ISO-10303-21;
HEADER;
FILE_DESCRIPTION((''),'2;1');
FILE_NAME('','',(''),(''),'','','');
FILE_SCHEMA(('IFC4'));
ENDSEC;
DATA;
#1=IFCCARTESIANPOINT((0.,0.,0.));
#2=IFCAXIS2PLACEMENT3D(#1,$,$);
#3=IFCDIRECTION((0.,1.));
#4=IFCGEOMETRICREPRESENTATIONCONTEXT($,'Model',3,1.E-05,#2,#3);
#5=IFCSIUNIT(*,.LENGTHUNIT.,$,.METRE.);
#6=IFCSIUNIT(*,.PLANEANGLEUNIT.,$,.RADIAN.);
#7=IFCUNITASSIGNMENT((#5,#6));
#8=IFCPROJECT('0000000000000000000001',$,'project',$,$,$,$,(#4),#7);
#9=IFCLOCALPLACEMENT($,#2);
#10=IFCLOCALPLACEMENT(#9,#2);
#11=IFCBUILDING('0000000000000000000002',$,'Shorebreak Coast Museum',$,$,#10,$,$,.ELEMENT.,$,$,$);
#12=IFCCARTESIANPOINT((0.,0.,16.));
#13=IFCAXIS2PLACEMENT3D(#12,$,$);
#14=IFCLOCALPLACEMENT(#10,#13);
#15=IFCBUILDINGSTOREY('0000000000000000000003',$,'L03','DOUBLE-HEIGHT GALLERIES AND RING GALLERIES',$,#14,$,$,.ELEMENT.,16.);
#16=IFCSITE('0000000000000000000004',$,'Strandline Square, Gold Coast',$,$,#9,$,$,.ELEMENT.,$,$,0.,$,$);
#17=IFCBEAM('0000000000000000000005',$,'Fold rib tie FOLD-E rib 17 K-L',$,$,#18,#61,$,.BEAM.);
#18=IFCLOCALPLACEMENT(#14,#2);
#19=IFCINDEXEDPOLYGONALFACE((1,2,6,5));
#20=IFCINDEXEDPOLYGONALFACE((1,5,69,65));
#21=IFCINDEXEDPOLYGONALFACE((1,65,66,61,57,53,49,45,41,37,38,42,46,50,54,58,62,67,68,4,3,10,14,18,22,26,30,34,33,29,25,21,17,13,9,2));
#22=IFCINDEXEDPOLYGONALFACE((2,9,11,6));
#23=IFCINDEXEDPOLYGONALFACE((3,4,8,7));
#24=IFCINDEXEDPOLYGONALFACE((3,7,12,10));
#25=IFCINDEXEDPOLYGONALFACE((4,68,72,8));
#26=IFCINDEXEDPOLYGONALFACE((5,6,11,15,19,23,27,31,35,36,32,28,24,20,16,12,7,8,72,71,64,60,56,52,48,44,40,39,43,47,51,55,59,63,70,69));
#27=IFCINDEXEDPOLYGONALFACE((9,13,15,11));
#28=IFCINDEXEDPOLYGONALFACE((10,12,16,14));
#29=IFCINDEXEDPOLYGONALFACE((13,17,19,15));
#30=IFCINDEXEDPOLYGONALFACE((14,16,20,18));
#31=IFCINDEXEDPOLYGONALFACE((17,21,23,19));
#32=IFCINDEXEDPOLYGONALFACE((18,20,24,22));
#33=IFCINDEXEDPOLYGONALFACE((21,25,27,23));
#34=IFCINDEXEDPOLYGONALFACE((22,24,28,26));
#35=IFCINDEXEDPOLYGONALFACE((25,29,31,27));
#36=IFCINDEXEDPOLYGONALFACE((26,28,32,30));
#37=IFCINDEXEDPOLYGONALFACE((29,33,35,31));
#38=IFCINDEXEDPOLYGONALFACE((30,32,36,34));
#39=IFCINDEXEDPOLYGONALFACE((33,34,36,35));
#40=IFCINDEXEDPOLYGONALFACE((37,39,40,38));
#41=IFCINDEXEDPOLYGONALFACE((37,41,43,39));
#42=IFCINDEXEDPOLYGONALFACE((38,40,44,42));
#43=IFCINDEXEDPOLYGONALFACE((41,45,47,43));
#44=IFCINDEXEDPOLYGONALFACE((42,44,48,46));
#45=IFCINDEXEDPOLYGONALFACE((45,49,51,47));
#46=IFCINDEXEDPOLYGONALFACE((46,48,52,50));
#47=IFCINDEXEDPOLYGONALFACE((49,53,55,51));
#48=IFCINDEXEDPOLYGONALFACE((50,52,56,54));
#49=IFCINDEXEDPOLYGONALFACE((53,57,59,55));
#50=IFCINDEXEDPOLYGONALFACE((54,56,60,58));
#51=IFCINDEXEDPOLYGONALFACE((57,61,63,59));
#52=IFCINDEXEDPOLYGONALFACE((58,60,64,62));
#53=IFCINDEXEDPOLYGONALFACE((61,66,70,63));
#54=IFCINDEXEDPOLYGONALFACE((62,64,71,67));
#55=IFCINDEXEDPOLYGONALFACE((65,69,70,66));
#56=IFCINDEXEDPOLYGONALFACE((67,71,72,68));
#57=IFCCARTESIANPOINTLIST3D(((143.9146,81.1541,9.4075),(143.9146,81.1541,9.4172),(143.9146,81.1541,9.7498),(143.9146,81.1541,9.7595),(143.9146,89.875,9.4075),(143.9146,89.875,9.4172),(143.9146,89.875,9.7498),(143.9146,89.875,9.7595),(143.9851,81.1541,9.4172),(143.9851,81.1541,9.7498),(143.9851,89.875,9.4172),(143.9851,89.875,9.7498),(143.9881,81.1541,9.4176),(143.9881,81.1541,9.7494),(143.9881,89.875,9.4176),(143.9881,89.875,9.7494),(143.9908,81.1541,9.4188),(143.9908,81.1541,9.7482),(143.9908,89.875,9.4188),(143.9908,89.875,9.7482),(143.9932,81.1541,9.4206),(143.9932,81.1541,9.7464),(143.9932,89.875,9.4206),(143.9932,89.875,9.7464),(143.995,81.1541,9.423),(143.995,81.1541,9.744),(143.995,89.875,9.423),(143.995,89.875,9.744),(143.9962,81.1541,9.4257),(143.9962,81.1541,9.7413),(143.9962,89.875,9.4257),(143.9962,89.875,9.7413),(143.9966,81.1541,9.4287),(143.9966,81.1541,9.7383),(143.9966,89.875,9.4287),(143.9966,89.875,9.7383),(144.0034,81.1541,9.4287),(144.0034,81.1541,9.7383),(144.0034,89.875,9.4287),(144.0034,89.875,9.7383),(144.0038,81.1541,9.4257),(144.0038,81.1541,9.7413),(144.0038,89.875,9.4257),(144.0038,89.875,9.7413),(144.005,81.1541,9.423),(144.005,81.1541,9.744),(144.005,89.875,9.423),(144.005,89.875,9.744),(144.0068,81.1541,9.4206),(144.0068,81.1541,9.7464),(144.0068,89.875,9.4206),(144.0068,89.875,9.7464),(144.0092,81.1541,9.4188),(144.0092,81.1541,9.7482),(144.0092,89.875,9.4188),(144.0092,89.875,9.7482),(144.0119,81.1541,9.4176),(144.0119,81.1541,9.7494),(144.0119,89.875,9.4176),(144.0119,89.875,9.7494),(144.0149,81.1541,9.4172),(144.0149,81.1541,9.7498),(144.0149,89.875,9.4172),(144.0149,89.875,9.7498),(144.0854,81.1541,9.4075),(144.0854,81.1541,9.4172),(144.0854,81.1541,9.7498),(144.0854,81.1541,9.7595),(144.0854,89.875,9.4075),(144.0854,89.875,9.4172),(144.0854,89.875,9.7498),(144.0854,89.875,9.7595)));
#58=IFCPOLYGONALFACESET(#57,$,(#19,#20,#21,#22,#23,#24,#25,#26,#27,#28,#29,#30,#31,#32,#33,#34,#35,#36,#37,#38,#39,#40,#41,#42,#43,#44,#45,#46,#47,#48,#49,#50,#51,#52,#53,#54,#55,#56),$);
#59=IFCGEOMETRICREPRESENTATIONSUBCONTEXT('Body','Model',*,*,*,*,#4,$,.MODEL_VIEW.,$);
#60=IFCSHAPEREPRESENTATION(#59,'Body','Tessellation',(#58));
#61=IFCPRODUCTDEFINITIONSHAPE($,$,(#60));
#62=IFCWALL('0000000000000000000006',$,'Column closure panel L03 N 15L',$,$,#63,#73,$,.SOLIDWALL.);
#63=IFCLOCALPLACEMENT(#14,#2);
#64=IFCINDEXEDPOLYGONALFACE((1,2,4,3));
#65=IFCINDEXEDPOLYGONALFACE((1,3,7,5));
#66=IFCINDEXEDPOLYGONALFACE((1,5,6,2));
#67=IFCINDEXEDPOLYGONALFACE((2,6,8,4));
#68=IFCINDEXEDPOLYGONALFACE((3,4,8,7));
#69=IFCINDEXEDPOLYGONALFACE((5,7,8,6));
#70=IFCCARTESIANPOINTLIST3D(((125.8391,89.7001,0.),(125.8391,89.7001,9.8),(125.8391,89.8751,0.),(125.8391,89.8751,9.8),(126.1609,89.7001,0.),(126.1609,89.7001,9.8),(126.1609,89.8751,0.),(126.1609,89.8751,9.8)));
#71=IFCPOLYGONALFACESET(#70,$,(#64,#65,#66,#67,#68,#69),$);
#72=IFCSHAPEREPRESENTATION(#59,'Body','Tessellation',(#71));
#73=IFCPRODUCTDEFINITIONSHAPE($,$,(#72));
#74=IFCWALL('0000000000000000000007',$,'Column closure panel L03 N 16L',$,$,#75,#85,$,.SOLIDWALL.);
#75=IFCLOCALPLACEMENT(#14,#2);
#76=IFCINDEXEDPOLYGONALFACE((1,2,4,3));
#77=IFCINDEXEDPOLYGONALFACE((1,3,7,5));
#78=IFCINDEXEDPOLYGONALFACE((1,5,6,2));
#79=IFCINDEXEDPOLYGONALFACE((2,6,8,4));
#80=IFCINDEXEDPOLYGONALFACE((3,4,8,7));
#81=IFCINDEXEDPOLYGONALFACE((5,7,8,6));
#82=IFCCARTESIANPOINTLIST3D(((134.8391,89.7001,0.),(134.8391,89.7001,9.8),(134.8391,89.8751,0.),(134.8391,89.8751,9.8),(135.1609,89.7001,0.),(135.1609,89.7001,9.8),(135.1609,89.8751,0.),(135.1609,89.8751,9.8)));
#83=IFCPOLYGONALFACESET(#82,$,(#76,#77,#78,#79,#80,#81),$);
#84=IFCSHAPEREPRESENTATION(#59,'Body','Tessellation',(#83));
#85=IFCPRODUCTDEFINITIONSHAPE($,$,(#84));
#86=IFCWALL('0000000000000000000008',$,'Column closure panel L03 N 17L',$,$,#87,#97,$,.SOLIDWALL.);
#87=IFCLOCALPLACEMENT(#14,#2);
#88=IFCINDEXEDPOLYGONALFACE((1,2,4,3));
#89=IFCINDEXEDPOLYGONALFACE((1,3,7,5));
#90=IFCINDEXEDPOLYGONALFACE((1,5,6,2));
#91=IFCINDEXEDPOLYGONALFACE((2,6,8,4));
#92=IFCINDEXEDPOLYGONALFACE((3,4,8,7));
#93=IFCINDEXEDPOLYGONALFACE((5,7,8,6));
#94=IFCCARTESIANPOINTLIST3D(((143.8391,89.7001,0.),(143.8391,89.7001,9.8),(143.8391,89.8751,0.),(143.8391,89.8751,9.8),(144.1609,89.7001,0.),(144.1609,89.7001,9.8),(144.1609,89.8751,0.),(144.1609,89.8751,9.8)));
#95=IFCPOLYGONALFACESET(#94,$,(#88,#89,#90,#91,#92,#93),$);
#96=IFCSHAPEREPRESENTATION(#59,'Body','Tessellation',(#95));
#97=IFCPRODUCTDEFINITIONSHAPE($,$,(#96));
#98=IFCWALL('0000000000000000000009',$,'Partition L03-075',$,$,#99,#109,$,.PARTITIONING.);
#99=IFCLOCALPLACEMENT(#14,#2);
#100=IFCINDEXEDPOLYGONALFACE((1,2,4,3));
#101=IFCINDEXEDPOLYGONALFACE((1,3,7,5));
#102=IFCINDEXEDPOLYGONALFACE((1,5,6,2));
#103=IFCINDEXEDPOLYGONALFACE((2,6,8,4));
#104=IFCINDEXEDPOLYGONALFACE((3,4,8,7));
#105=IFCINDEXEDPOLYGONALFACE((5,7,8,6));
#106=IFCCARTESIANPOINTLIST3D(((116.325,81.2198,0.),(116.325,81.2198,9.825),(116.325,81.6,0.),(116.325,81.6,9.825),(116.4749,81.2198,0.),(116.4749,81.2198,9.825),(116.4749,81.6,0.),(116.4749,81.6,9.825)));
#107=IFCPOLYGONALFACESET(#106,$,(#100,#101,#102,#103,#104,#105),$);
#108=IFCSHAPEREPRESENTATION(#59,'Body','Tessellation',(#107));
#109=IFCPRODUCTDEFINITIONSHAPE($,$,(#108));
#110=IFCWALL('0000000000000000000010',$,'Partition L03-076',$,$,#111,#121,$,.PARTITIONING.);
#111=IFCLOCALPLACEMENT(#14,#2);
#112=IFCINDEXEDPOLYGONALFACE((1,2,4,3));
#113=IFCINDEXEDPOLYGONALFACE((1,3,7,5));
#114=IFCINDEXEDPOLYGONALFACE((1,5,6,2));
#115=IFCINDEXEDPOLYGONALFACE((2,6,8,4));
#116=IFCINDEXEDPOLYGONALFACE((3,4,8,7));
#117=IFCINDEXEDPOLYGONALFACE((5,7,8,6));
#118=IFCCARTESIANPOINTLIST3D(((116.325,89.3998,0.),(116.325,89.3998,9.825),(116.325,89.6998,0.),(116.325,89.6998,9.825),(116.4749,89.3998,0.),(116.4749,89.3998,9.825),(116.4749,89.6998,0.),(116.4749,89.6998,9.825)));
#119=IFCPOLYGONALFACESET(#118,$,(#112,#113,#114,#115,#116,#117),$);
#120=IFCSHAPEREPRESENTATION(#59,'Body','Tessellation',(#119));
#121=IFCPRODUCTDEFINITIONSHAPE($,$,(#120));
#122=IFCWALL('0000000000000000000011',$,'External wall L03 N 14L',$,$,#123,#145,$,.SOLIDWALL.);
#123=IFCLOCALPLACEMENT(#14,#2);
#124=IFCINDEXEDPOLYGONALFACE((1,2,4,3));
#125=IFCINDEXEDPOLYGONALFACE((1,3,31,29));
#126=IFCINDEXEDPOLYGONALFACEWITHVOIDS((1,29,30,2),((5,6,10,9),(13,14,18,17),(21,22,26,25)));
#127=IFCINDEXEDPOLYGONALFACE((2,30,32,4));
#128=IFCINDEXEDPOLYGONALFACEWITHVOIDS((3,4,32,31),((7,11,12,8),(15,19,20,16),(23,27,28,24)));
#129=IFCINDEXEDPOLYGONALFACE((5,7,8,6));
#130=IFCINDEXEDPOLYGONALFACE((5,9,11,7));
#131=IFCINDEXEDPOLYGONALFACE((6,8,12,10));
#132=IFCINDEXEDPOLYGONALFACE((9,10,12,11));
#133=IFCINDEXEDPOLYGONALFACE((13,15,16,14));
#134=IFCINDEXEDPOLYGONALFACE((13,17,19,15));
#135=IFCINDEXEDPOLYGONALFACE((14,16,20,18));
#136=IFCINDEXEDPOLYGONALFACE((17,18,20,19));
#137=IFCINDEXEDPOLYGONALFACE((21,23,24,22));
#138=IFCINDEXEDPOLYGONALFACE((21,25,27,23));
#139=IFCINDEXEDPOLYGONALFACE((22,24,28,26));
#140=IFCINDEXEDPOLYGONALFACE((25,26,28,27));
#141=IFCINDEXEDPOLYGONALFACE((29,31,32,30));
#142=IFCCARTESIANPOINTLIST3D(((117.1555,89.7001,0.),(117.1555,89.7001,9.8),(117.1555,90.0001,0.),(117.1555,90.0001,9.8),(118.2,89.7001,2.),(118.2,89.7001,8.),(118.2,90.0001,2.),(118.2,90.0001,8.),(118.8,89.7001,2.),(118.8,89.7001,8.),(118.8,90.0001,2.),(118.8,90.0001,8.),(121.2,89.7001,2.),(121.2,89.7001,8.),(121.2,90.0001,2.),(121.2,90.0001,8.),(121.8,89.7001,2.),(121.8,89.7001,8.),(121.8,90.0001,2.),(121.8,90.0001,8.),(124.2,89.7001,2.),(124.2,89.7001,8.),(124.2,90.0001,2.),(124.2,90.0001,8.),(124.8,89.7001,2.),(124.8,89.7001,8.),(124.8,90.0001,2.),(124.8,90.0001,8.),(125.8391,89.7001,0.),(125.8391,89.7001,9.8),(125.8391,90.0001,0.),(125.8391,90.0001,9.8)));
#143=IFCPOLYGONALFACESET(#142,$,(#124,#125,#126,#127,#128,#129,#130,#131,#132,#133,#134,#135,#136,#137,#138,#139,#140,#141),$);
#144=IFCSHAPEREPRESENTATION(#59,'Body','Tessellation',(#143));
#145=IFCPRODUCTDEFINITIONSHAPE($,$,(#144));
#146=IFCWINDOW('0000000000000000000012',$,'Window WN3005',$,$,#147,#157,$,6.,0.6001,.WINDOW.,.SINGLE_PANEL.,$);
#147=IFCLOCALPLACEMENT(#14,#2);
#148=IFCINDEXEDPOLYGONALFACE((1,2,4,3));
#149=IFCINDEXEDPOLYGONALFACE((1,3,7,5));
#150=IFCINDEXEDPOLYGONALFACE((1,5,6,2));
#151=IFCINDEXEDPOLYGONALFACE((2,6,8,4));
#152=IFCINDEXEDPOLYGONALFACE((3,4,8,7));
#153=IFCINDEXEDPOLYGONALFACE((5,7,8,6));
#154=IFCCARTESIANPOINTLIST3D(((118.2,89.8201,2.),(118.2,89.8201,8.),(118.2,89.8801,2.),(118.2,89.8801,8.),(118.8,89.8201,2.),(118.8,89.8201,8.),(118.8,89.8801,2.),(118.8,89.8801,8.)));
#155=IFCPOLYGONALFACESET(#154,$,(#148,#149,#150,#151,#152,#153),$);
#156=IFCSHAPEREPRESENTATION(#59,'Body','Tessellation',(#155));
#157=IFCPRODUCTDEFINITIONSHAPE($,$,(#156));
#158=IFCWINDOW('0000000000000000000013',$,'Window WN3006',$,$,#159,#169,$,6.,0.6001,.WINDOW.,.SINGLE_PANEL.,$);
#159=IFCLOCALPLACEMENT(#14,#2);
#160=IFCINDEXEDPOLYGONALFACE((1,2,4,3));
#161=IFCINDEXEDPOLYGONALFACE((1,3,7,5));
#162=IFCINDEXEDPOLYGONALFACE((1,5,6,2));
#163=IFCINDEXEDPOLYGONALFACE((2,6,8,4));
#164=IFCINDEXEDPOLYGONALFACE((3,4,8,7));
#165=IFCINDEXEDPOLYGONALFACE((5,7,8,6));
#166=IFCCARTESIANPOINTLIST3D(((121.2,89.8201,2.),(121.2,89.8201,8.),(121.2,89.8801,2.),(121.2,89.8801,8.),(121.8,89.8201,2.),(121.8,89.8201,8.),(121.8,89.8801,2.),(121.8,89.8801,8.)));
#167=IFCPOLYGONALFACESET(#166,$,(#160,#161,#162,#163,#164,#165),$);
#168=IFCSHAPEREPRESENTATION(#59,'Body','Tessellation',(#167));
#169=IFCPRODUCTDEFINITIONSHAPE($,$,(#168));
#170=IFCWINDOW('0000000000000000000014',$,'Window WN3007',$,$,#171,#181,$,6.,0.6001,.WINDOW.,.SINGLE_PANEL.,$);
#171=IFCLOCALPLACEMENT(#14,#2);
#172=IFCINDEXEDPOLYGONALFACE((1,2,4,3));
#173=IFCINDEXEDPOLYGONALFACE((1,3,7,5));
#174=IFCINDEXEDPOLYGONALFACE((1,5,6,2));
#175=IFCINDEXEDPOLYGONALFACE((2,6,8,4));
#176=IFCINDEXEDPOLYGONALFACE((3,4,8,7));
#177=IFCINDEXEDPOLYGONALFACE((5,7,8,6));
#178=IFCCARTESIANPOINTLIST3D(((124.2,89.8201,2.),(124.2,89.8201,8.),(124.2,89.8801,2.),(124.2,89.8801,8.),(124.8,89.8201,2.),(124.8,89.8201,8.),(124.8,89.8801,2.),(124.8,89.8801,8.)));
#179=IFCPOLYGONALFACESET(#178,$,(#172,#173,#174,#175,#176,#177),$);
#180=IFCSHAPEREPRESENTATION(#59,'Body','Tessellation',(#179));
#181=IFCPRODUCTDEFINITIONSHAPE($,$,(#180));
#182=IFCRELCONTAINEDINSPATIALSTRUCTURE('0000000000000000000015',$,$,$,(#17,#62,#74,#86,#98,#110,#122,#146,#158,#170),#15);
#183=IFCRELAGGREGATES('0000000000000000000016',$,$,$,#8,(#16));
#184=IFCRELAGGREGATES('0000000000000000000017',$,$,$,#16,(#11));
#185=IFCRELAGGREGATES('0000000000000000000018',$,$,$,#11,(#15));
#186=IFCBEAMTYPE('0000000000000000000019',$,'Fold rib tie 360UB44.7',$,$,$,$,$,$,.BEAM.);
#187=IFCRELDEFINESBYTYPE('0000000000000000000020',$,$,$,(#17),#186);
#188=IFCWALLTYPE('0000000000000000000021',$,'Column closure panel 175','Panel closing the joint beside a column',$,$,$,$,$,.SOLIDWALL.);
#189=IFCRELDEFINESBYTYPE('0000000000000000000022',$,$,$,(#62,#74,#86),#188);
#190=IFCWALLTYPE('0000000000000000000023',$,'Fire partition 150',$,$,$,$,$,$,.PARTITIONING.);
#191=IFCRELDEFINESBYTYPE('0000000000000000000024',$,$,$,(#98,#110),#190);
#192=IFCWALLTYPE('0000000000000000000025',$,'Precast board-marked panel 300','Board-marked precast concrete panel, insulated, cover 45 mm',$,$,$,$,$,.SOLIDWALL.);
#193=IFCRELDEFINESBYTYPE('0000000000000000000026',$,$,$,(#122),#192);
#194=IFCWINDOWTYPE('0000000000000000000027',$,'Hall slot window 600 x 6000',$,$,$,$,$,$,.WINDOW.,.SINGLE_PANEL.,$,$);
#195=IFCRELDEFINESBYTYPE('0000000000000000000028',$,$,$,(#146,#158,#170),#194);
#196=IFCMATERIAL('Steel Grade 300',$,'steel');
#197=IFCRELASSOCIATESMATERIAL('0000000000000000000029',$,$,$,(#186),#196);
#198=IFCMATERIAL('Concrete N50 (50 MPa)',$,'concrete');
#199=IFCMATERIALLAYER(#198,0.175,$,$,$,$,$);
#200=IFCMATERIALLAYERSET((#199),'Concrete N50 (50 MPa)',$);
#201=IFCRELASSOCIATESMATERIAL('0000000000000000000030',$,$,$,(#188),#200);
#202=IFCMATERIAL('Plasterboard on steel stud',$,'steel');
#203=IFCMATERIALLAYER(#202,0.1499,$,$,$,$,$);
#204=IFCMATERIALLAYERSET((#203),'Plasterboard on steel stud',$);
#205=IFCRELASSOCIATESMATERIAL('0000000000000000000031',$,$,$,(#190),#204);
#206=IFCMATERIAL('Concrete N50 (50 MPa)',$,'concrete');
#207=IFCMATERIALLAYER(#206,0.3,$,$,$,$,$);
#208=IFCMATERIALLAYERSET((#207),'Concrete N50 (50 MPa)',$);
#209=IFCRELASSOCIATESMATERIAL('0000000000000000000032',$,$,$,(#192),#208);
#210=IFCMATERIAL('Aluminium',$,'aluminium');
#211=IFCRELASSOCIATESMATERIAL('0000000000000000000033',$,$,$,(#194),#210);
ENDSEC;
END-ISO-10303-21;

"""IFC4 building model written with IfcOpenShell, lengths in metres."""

from ifc_helpers import new_model, si_unit, direction, frame, frame_2d, origin, origin_2d, place, context, subcontext, project, spatial, rectangle, i_section, extrude, material, layer, layer_set, material_profile, profile_set, type_object, element, fill, save


model = new_model("IFC4")

# Units and contexts
model_context = context("Model", 3, precision=1e-05, world=origin(), true_north=direction((0.0, 1.0)))
body_context = subcontext(model_context, "Body", "Model", "MODEL_VIEW")
ifc_project = project(units=[si_unit("LENGTHUNIT", "METRE"), si_unit("PLANEANGLEUNIT", "RADIAN")], contexts=[model_context])

# Site, building, storey
site_placement = place(None, origin())
site = spatial("IfcSite", under=ifc_project, at=site_placement, Name="Strandline Square, Gold Coast", CompositionType="ELEMENT", RefElevation=0.0)
building_placement = place(site_placement, origin())
building = spatial("IfcBuilding", under=site, at=building_placement, Name="Shorebreak Coast Museum", CompositionType="ELEMENT")
storey_placement = place(building_placement, frame((0.0, 0.0, 16.0)))
storey = spatial("IfcBuildingStorey", under=building, at=storey_placement, Name="L03", Description="DOUBLE-HEIGHT GALLERIES AND RING GALLERIES", CompositionType="ELEMENT", Elevation=16.0)

# Beam
ifc_material_1 = material(Name="Steel Grade 300", Category="steel")
ifc_material_profile_1 = material_profile(ifc_material_1, i_section(OverallWidth=0.1709, OverallDepth=0.3521, WebThickness=0.0068, FlangeThickness=0.0098, FilletRadius=0.0115, at=origin_2d()), Name="360UB44.7")
ifc_profile_set_1 = profile_set([ifc_material_profile_1], Name="Steel Grade 300")
beam_type_1 = type_object("IfcBeamType", Name="Fold rib tie 360UB44.7", PredefinedType="BEAM", material=ifc_profile_set_1)
for number, where, z_axis, x_axis, name in (
    (1, (144.0, 81.1541, 9.5835), (0.0, 1.0, 0.0), (-1.0, 0.0, 0.0), "Fold rib tie FOLD-E rib 17 K-L"),
):
    element("IfcBeam", number, at=place(storey_placement, frame(where, z_axis=z_axis, x_axis=x_axis)), inside=storey, type_object=beam_type_1, Name=name, PredefinedType="BEAM", context=body_context, shape_type="SweptSolid", body=[
        extrude(i_section(OverallWidth=0.1709, OverallDepth=0.3521, WebThickness=0.0068, FlangeThickness=0.0098, FilletRadius=0.0115, at=origin_2d()), origin(), (0.0, 0.0, 1.0), 8.7209),
    ])

# Walls
ifc_material_2 = material(Name="Concrete N50 (50 MPa)", Category="concrete")
ifc_layer_1 = layer(ifc_material_2, 0.175)
ifc_layer_set_1 = layer_set([ifc_layer_1], Name="Concrete N50 (50 MPa)")
wall_type_1 = type_object("IfcWallType", Name="Column closure panel 175", Description="Panel closing the joint beside a column", PredefinedType="SOLIDWALL", material=ifc_layer_set_1)
for number, where, z_axis, x_axis, name in (
    (2, (125.8391, 89.7876, 0.0), (0.0, 0.0, 1.0), (1.0, 0.0, 0.0), "Column closure panel L03 N 15L"),
    (3, (134.8391, 89.7876, 0.0), (0.0, 0.0, 1.0), (1.0, 0.0, 0.0), "Column closure panel L03 N 16L"),
    (4, (143.8391, 89.7876, 0.0), (0.0, 0.0, 1.0), (1.0, 0.0, 0.0), "Column closure panel L03 N 17L"),
):
    element("IfcWall", number, at=place(storey_placement, frame(where, z_axis=z_axis, x_axis=x_axis)), inside=storey, type_object=wall_type_1, Name=name, PredefinedType="SOLIDWALL", context=body_context, shape_type="SweptSolid", body=[
        extrude(rectangle(XDim=0.3218, YDim=0.175, at=frame_2d((0.1609, 0.0))), origin(), (0.0, 0.0, 1.0), 9.8),
    ])
ifc_material_3 = material(Name="Plasterboard on steel stud", Category="steel")
ifc_layer_2 = layer(ifc_material_3, 0.1499)
ifc_layer_set_2 = layer_set([ifc_layer_2], Name="Plasterboard on steel stud")
wall_type_2 = type_object("IfcWallType", Name="Fire partition 150", PredefinedType="PARTITIONING", material=ifc_layer_set_2)
wall_1_placement = place(storey_placement, frame((116.3999, 81.22, 0.0), z_axis=(0.0, 0.0, 1.0), x_axis=(0.0, 1.0, 0.0)))
element("IfcWall", 5, at=wall_1_placement, inside=storey, type_object=wall_type_2, Name="Partition L03-075", PredefinedType="PARTITIONING", context=body_context, shape_type="SweptSolid", body=[
    extrude(rectangle(XDim=0.3801, YDim=0.1499, at=frame_2d((0.1899, 0.0))), origin(), (0.0, 0.0, 1.0), 9.825),
])
wall_2_placement = place(storey_placement, frame((116.3999, 89.3999, 0.0), z_axis=(0.0, 0.0, 1.0), x_axis=(0.0, 1.0, 0.0)))
element("IfcWall", 6, at=wall_2_placement, inside=storey, type_object=wall_type_2, Name="Partition L03-076", PredefinedType="PARTITIONING", context=body_context, shape_type="SweptSolid", body=[
    extrude(rectangle(XDim=0.3, YDim=0.1499, at=frame_2d((0.1499, 0.0))), origin(), (0.0, 0.0, 1.0), 9.825),
])

# Wall, openings, windows
ifc_material_4 = material(Name="Concrete N50 (50 MPa)", Category="concrete")
ifc_layer_3 = layer(ifc_material_4, 0.3)
ifc_layer_set_3 = layer_set([ifc_layer_3], Name="Concrete N50 (50 MPa)")
wall_type_3 = type_object("IfcWallType", Name="Precast board-marked panel 300", Description="Board-marked precast concrete panel, insulated, cover 45 mm", PredefinedType="SOLIDWALL", material=ifc_layer_set_3)
wall_3_placement = place(storey_placement, frame((117.1555, 89.8501, 0.0), z_axis=(0.0, 0.0, 1.0), x_axis=(1.0, 0.0, 0.0)))
wall_3 = element("IfcWall", 7, at=wall_3_placement, inside=storey, type_object=wall_type_3, Name="External wall L03 N 14L", PredefinedType="SOLIDWALL", context=body_context, shape_type="SweptSolid", body=[
    extrude(rectangle(XDim=8.6836, YDim=0.3, at=frame_2d((4.3418, 0.0))), origin(), (0.0, 0.0, 1.0), 9.8),
])
opening_1_placement = place(wall_3_placement, frame((1.0444, 0.0, 2.0)))
opening_1 = element("IfcOpeningElement", 8, at=opening_1_placement, cuts=wall_3, PredefinedType="OPENING", context=body_context, shape_type="SweptSolid", body=[
    extrude(rectangle(XDim=0.6001, YDim=6.0, at=frame_2d((0.3, 3.0))), frame((0.0, 0.1599, 0.0), z_axis=(0.0, -1.0, 0.0), x_axis=(1.0, 0.0, 0.0)), (0.0, 0.0, 1.0), 0.3201),
])
opening_2_placement = place(wall_3_placement, frame((4.0444, 0.0, 2.0)))
opening_2 = element("IfcOpeningElement", 9, at=opening_2_placement, cuts=wall_3, PredefinedType="OPENING", context=body_context, shape_type="SweptSolid", body=[
    extrude(rectangle(XDim=0.6001, YDim=6.0, at=frame_2d((0.3, 3.0))), frame((0.0, 0.1599, 0.0), z_axis=(0.0, -1.0, 0.0), x_axis=(1.0, 0.0, 0.0)), (0.0, 0.0, 1.0), 0.3201),
])
opening_3_placement = place(wall_3_placement, frame((7.0444, 0.0, 2.0)))
opening_3 = element("IfcOpeningElement", 10, at=opening_3_placement, cuts=wall_3, PredefinedType="OPENING", context=body_context, shape_type="SweptSolid", body=[
    extrude(rectangle(XDim=0.6001, YDim=6.0, at=frame_2d((0.3, 3.0))), frame((0.0, 0.1599, 0.0), z_axis=(0.0, -1.0, 0.0), x_axis=(1.0, 0.0, 0.0)), (0.0, 0.0, 1.0), 0.3201),
])
ifc_material_5 = material(Name="Aluminium", Category="aluminium")
window_type = type_object("IfcWindowType", Name="Hall slot window 600 x 6000", PartitioningType="SINGLE_PANEL", PredefinedType="WINDOW", material=ifc_material_5)
window_1_placement = place(opening_1_placement, origin())
window_1 = element("IfcWindow", 11, at=window_1_placement, inside=storey, type_object=window_type, Name="Window WN3005", OverallHeight=6.0, OverallWidth=0.6001, PartitioningType="SINGLE_PANEL", PredefinedType="WINDOW", context=body_context, shape_type="SweptSolid", body=[
    extrude(rectangle(XDim=0.6001, YDim=6.0, at=frame_2d((0.3, 3.0))), frame((0.0, 0.03, 0.0), z_axis=(0.0, -1.0, 0.0), x_axis=(1.0, 0.0, 0.0)), (0.0, 0.0, 1.0), 0.0601),
])
fill(opening_1, window_1)
window_2_placement = place(opening_2_placement, origin())
window_2 = element("IfcWindow", 12, at=window_2_placement, inside=storey, type_object=window_type, Name="Window WN3006", OverallHeight=6.0, OverallWidth=0.6001, PartitioningType="SINGLE_PANEL", PredefinedType="WINDOW", context=body_context, shape_type="SweptSolid", body=[
    extrude(rectangle(XDim=0.6001, YDim=6.0, at=frame_2d((0.3, 3.0))), frame((0.0, 0.03, 0.0), z_axis=(0.0, -1.0, 0.0), x_axis=(1.0, 0.0, 0.0)), (0.0, 0.0, 1.0), 0.0601),
])
fill(opening_2, window_2)
window_3_placement = place(opening_3_placement, origin())
window_3 = element("IfcWindow", 13, at=window_3_placement, inside=storey, type_object=window_type, Name="Window WN3007", OverallHeight=6.0, OverallWidth=0.6001, PartitioningType="SINGLE_PANEL", PredefinedType="WINDOW", context=body_context, shape_type="SweptSolid", body=[
    extrude(rectangle(XDim=0.6001, YDim=6.0, at=frame_2d((0.3, 3.0))), frame((0.0, 0.03, 0.0), z_axis=(0.0, -1.0, 0.0), x_axis=(1.0, 0.0, 0.0)), (0.0, 0.0, 1.0), 0.0601),
])
fill(opening_3, window_3)

save(model, "model.ifc")
